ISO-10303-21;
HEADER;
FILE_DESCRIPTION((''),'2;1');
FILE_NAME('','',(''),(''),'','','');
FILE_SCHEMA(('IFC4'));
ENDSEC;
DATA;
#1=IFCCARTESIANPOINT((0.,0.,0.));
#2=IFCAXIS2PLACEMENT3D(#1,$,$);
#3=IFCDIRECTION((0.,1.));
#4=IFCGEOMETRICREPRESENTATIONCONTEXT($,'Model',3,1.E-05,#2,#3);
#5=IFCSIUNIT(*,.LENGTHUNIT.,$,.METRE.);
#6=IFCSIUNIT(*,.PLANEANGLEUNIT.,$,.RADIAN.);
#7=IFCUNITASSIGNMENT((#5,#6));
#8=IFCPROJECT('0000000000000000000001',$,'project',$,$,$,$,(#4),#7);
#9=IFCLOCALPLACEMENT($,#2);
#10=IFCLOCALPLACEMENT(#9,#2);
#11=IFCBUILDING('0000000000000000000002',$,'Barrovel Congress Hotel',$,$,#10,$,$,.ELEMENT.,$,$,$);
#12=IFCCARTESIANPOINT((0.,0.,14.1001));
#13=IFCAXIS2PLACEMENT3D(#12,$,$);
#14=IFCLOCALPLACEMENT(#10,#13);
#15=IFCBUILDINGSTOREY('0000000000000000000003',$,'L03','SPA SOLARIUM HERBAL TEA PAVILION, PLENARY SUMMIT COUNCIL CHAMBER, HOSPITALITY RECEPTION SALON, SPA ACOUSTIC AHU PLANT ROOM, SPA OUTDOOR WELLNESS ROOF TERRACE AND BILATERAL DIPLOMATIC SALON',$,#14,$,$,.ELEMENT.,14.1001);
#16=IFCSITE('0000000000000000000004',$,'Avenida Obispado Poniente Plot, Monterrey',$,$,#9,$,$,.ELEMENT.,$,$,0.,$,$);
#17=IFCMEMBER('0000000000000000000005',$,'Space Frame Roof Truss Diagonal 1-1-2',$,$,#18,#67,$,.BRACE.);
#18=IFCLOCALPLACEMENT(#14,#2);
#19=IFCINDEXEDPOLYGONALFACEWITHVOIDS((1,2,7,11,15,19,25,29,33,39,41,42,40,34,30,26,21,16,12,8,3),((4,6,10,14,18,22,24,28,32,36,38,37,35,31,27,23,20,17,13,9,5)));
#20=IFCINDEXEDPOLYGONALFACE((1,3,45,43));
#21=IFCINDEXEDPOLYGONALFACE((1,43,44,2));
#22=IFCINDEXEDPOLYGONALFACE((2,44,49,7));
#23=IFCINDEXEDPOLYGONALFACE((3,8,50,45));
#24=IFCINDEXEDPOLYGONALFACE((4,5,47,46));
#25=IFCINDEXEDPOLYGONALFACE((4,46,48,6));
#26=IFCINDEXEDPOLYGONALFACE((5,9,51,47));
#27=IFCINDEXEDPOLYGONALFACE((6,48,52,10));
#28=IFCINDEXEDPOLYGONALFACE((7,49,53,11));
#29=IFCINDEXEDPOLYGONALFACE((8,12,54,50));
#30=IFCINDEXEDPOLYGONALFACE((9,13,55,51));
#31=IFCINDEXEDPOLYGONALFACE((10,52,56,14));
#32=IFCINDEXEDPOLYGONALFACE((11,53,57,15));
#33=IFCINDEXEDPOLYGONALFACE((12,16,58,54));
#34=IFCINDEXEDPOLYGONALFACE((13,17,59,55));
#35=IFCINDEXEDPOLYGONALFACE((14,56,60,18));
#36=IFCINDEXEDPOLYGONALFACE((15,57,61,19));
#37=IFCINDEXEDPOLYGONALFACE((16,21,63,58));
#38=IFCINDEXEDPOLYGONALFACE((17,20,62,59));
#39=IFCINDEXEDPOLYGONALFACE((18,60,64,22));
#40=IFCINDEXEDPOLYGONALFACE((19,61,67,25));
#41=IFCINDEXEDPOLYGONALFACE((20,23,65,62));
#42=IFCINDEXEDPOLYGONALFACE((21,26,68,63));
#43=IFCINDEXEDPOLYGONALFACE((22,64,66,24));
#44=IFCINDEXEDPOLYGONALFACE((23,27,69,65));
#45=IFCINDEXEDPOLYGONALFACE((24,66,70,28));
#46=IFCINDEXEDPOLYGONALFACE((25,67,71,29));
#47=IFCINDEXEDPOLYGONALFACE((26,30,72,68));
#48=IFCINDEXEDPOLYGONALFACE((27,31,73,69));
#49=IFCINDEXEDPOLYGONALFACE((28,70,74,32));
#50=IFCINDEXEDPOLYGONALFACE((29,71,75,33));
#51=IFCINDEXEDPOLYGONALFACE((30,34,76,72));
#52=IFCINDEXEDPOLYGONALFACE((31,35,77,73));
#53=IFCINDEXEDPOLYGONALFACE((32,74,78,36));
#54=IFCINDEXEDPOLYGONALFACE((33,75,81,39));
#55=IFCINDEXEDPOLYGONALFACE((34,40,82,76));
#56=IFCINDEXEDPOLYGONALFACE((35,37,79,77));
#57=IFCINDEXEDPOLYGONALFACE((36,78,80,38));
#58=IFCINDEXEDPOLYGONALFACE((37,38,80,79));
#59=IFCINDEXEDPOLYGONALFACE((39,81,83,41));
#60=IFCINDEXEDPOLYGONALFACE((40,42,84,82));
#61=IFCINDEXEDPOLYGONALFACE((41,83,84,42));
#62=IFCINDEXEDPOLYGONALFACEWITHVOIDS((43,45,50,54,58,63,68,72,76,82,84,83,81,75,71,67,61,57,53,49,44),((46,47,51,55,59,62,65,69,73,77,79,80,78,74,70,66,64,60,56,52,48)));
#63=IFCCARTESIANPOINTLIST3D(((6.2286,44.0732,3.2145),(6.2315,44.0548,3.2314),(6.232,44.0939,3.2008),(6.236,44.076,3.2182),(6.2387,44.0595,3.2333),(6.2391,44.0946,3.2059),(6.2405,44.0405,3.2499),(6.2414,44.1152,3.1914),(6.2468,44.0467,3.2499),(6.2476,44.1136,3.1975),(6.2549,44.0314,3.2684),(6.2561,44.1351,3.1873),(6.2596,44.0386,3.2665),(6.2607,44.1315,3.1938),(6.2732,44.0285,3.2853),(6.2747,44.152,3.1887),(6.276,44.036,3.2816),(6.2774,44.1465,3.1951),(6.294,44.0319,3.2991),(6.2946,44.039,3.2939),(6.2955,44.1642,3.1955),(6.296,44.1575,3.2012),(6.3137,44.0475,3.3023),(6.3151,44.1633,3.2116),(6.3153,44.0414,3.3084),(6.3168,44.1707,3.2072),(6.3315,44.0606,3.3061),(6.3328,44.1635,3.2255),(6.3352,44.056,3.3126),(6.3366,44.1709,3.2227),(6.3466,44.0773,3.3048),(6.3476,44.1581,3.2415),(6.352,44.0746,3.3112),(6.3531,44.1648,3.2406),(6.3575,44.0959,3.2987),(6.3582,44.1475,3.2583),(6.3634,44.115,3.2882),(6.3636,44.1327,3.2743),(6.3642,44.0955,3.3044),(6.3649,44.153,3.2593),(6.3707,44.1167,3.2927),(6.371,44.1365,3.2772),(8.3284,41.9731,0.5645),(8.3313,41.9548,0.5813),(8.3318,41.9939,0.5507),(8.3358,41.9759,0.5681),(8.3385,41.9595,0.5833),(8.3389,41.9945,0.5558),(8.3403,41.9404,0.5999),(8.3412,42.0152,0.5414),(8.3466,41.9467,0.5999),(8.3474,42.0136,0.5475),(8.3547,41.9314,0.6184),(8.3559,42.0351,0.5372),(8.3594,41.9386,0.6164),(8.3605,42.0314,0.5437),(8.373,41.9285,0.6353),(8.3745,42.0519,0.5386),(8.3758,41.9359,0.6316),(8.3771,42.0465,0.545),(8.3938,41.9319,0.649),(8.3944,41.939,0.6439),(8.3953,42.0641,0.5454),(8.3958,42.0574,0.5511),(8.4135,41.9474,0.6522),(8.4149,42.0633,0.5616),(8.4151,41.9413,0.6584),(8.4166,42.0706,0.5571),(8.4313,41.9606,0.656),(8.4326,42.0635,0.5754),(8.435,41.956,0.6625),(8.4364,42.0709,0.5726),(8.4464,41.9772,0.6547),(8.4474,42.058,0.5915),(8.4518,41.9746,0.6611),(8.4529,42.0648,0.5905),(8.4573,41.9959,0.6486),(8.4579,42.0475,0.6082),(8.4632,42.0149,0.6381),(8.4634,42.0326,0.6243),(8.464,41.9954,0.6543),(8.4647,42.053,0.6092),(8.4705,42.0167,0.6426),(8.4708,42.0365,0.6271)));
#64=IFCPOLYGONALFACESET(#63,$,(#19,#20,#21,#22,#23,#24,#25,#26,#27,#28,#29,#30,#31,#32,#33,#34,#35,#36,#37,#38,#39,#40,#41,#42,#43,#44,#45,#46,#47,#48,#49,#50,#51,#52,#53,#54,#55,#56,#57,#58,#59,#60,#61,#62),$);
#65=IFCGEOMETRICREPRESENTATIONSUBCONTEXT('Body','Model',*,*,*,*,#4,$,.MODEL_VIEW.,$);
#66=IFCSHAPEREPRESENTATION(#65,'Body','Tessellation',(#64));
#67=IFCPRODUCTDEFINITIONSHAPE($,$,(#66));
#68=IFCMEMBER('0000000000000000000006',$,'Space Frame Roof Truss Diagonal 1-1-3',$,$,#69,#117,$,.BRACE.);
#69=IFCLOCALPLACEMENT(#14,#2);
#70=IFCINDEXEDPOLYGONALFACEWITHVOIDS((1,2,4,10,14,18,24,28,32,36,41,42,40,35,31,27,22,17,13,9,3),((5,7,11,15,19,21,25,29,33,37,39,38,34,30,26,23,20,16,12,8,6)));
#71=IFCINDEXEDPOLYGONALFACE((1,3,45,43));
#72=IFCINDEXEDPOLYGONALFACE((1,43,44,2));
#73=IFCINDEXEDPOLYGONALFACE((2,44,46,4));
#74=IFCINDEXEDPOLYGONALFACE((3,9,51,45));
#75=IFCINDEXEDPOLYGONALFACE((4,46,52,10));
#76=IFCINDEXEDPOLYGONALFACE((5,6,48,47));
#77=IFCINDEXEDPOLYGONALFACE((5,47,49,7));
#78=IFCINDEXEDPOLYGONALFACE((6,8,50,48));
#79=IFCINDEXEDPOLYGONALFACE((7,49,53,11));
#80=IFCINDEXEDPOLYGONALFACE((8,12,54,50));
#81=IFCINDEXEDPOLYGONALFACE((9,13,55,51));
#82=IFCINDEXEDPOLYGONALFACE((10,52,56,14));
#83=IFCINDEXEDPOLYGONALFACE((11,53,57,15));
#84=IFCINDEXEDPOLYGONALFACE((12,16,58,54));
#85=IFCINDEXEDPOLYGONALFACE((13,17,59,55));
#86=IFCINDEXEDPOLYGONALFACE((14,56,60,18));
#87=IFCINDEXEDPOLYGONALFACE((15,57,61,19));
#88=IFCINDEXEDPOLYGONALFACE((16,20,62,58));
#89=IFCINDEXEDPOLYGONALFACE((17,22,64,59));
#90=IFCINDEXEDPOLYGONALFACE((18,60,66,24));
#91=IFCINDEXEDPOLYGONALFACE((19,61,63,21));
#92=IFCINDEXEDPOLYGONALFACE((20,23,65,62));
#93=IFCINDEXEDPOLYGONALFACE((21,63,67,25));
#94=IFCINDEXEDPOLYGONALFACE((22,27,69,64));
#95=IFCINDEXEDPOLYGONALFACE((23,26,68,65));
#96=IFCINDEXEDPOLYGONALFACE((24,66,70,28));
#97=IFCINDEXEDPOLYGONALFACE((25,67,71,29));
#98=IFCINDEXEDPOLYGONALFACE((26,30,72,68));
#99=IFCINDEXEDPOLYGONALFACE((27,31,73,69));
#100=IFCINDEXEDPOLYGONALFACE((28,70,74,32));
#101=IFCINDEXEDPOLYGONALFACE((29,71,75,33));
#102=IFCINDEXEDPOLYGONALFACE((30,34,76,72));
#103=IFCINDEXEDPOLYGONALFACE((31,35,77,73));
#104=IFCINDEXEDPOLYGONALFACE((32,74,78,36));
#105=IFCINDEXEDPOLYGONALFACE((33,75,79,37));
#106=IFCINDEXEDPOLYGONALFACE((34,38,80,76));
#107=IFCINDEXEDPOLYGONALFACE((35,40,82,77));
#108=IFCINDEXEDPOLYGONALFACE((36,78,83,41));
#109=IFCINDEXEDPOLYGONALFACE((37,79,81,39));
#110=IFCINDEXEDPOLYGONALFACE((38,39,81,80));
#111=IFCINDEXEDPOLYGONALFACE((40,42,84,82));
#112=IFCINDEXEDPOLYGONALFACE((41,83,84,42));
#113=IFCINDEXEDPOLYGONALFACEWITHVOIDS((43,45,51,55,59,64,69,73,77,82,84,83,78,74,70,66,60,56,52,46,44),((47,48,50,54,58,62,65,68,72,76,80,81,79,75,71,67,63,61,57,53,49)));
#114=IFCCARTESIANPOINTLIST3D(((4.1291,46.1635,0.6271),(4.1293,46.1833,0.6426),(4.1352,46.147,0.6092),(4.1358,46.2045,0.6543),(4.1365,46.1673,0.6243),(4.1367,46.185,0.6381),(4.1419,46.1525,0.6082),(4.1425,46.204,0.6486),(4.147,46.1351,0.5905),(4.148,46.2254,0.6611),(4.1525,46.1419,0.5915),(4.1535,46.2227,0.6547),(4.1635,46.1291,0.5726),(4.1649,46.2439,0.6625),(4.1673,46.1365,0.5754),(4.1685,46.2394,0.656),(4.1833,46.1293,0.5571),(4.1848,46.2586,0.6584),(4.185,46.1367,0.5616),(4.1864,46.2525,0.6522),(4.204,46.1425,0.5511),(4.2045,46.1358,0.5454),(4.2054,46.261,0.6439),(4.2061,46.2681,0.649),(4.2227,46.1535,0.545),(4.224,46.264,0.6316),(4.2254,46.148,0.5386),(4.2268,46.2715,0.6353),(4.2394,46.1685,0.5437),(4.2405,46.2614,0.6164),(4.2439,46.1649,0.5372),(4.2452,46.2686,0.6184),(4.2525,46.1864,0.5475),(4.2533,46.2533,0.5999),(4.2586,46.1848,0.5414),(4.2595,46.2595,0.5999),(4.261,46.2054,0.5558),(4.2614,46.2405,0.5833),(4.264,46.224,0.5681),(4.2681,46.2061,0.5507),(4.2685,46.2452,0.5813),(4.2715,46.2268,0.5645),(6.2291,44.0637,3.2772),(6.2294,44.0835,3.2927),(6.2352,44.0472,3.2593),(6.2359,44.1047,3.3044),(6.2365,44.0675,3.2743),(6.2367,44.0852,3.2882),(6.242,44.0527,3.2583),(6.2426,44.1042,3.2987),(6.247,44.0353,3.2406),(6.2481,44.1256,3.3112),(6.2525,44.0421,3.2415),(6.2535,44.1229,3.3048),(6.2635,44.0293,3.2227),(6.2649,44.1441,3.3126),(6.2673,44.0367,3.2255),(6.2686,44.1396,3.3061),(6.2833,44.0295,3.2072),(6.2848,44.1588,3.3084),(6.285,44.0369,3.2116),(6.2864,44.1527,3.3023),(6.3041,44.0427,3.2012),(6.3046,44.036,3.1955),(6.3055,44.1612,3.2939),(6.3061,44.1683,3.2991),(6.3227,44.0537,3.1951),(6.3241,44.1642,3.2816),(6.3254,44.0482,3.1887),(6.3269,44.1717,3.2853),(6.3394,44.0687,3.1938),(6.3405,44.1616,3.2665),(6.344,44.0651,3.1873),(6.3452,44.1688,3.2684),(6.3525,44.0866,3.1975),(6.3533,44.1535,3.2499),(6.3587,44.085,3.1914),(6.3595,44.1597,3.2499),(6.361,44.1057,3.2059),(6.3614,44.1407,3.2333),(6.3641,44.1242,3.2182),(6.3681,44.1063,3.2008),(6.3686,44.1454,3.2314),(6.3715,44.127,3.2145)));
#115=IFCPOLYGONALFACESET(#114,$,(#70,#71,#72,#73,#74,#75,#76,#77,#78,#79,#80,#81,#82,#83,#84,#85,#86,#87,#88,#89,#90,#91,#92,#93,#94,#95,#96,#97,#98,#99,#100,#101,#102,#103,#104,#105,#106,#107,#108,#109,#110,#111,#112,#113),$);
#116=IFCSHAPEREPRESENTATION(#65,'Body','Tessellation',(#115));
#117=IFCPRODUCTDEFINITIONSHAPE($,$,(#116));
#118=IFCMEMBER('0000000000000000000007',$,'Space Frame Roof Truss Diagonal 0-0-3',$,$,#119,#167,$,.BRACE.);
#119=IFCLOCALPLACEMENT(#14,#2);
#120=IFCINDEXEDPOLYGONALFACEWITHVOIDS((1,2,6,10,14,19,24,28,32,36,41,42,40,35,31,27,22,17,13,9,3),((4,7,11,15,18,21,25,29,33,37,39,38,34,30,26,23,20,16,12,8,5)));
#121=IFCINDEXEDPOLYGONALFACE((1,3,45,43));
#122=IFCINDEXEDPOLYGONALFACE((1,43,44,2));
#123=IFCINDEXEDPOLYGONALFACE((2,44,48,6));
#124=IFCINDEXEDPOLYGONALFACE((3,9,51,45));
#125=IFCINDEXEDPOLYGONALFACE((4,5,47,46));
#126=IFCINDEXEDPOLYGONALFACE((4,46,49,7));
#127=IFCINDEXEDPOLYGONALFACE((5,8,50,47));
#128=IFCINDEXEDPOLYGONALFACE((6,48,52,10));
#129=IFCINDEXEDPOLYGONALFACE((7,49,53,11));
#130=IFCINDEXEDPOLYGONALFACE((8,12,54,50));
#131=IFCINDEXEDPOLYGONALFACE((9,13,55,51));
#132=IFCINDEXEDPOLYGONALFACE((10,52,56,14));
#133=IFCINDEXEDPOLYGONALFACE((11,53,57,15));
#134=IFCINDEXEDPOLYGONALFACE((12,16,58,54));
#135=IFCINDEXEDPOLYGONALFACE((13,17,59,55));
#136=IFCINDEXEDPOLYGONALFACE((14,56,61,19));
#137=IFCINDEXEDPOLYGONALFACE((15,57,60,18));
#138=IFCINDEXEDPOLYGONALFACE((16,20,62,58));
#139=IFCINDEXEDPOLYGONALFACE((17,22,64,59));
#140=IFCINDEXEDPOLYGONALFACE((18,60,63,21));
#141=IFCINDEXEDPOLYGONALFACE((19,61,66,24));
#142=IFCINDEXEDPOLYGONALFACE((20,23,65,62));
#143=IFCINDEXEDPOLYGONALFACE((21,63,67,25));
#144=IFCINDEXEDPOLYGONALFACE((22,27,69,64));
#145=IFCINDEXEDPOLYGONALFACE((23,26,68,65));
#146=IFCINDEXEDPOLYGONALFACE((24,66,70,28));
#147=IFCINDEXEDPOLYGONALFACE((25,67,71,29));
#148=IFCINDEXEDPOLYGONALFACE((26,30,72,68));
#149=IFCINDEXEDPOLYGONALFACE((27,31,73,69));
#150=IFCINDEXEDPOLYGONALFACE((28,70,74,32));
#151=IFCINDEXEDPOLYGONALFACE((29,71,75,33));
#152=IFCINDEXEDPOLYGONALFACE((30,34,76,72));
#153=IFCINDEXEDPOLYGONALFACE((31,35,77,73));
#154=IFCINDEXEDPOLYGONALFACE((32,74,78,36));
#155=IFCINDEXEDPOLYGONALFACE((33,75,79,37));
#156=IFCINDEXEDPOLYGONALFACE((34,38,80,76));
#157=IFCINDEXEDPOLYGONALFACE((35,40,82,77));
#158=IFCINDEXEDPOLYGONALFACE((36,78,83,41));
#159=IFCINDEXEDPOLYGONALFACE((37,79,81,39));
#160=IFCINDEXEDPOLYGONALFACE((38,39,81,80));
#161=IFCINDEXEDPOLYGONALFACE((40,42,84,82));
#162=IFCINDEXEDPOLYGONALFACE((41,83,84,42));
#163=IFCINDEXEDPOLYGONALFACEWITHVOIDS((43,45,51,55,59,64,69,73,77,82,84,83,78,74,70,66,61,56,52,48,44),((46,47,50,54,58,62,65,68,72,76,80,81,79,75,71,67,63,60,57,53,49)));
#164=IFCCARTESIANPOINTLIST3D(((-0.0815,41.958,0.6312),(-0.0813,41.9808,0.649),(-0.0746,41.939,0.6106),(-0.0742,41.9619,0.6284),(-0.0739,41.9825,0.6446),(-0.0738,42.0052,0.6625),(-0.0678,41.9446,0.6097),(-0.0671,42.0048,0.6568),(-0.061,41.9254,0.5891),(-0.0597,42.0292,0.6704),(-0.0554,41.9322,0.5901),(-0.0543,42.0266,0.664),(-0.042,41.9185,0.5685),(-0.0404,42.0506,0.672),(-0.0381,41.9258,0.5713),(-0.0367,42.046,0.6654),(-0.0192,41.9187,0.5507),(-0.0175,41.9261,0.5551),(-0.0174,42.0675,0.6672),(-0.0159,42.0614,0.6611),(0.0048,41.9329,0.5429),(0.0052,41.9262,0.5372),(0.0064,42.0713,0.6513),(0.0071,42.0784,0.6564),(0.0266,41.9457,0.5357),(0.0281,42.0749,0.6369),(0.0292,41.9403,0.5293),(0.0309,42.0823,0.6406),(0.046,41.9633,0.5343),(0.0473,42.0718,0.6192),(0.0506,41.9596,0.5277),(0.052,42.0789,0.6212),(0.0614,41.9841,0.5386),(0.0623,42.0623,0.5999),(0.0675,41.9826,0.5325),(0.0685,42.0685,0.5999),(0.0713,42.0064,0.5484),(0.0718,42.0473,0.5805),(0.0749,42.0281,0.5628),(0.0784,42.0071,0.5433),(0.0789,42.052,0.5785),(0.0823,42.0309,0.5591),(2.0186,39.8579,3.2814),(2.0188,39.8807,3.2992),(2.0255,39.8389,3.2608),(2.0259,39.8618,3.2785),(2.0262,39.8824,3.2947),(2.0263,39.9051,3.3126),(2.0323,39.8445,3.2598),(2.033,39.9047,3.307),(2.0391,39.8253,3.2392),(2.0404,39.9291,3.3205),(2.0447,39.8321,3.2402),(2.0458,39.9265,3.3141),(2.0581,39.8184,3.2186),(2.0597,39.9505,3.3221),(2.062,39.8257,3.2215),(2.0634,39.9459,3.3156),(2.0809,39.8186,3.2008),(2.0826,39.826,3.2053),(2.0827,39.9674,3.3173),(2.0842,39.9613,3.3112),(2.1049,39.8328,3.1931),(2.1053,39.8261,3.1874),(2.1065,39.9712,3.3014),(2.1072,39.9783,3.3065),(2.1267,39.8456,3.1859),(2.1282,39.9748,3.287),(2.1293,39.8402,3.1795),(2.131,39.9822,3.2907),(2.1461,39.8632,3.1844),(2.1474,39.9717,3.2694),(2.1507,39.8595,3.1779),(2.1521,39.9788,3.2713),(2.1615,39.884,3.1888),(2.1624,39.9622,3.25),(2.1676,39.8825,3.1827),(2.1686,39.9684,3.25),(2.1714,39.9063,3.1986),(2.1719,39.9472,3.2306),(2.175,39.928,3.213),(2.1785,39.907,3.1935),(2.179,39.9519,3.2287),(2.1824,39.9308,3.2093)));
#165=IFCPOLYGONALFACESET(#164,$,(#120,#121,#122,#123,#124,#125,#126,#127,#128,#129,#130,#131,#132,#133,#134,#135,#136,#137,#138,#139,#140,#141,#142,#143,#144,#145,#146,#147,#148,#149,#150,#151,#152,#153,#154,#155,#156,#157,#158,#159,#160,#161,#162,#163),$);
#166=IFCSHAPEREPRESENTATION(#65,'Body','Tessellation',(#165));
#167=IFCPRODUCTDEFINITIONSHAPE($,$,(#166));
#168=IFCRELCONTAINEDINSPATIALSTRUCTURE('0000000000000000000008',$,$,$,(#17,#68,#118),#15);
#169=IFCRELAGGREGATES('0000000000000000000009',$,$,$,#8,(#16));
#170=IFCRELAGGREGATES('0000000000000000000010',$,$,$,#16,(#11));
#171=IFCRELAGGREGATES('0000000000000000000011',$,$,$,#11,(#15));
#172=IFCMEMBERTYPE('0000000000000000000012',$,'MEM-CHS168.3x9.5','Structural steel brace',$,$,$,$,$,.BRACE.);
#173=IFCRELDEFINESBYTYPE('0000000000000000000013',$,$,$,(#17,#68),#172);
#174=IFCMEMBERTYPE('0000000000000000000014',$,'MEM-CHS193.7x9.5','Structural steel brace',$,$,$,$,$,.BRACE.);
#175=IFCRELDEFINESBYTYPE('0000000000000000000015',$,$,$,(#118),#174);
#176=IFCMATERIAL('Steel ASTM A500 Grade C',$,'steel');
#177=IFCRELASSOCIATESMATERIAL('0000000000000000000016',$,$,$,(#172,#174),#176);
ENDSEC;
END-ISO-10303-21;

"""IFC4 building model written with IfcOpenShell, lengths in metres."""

from ifc_helpers import new_model, si_unit, direction, frame, origin, origin_2d, place, context, subcontext, project, spatial, hollow_circle, extrude, material, material_profile, profile_set, type_object, element, save


model = new_model("IFC4")

# Units and contexts
model_context = context("Model", 3, precision=1e-05, world=origin(), true_north=direction((0.0, 1.0)))
body_context = subcontext(model_context, "Body", "Model", "MODEL_VIEW")
ifc_project = project(units=[si_unit("LENGTHUNIT", "METRE"), si_unit("PLANEANGLEUNIT", "RADIAN")], contexts=[model_context])

# Site, building, storey
site_placement = place(None, origin())
site = spatial("IfcSite", under=ifc_project, at=site_placement, Name="Avenida Obispado Poniente Plot, Monterrey", CompositionType="ELEMENT", RefElevation=0.0)
building_placement = place(site_placement, origin())
building = spatial("IfcBuilding", under=site, at=building_placement, Name="Barrovel Congress Hotel", CompositionType="ELEMENT")
storey_placement = place(building_placement, frame((0.0, 0.0, 14.1001)))
storey = spatial("IfcBuildingStorey", under=building, at=storey_placement, Name="L03", Description="SPA SOLARIUM HERBAL TEA PAVILION, PLENARY SUMMIT COUNCIL CHAMBER, HOSPITALITY RECEPTION SALON, SPA ACOUSTIC AHU PLANT ROOM, SPA OUTDOOR WELLNESS ROOF TERRACE AND BILATERAL DIPLOMATIC SALON", CompositionType="ELEMENT", Elevation=14.1001)

# Members
ifc_material_1 = material(Name="Steel ASTM A500 Grade C", Category="steel")
ifc_material_profile_1 = material_profile(ifc_material_1, hollow_circle(Radius=0.0842, WallThickness=0.0088, at=origin_2d()), Name="CHS168.3x9.5")
ifc_profile_set_1 = profile_set([ifc_material_profile_1], Name="Steel ASTM A500 Grade C")
member_type_1 = type_object("IfcMemberType", Name="MEM-CHS168.3x9.5", Description="Structural steel brace", PredefinedType="BRACE", material=ifc_profile_set_1)
for number, where, z_axis, x_axis, name in (
    (1, (8.3999, 42.0, 0.5999), (-0.527557, 0.527618, 0.66581), (-0.707148, -0.707066, 0.0), "Space Frame Roof Truss Diagonal 1-1-2"),
    (2, (4.2, 46.2, 0.5999), (0.527618, -0.527557, 0.66581), (0.707066, 0.707148, 0.0), "Space Frame Roof Truss Diagonal 1-1-3"),
):
    element("IfcMember", number, at=place(storey_placement, frame(where, z_axis=z_axis, x_axis=x_axis)), inside=storey, type_object=member_type_1, Name=name, PredefinedType="BRACE", context=body_context, shape_type="SweptSolid", body=[
        extrude(hollow_circle(Radius=0.0842, WallThickness=0.0088, at=origin_2d()), origin(), (0.0, 0.0, 1.0), 3.9802),
    ])
ifc_material_profile_2 = material_profile(ifc_material_1, hollow_circle(Radius=0.0969, WallThickness=0.0088, at=origin_2d()), Name="CHS193.7x9.5")
ifc_profile_set_2 = profile_set([ifc_material_profile_2], Name="Steel ASTM A500 Grade C")
member_type_2 = type_object("IfcMemberType", Name="MEM-CHS193.7x9.5", Description="Structural steel brace", PredefinedType="BRACE", material=ifc_profile_set_2)
member_1_placement = place(storey_placement, frame((0.0, 42.0, 0.5999), z_axis=(0.527601, -0.527601, 0.665788), x_axis=(0.707107, 0.707107, 0.0)))
element("IfcMember", 3, at=member_1_placement, inside=storey, type_object=member_type_2, Name="Space Frame Roof Truss Diagonal 0-0-3", PredefinedType="BRACE", context=body_context, shape_type="SweptSolid", body=[
    extrude(hollow_circle(Radius=0.0969, WallThickness=0.0088, at=origin_2d()), origin(), (0.0, 0.0, 1.0), 3.9805),
])

save(model, "model.ifc")
